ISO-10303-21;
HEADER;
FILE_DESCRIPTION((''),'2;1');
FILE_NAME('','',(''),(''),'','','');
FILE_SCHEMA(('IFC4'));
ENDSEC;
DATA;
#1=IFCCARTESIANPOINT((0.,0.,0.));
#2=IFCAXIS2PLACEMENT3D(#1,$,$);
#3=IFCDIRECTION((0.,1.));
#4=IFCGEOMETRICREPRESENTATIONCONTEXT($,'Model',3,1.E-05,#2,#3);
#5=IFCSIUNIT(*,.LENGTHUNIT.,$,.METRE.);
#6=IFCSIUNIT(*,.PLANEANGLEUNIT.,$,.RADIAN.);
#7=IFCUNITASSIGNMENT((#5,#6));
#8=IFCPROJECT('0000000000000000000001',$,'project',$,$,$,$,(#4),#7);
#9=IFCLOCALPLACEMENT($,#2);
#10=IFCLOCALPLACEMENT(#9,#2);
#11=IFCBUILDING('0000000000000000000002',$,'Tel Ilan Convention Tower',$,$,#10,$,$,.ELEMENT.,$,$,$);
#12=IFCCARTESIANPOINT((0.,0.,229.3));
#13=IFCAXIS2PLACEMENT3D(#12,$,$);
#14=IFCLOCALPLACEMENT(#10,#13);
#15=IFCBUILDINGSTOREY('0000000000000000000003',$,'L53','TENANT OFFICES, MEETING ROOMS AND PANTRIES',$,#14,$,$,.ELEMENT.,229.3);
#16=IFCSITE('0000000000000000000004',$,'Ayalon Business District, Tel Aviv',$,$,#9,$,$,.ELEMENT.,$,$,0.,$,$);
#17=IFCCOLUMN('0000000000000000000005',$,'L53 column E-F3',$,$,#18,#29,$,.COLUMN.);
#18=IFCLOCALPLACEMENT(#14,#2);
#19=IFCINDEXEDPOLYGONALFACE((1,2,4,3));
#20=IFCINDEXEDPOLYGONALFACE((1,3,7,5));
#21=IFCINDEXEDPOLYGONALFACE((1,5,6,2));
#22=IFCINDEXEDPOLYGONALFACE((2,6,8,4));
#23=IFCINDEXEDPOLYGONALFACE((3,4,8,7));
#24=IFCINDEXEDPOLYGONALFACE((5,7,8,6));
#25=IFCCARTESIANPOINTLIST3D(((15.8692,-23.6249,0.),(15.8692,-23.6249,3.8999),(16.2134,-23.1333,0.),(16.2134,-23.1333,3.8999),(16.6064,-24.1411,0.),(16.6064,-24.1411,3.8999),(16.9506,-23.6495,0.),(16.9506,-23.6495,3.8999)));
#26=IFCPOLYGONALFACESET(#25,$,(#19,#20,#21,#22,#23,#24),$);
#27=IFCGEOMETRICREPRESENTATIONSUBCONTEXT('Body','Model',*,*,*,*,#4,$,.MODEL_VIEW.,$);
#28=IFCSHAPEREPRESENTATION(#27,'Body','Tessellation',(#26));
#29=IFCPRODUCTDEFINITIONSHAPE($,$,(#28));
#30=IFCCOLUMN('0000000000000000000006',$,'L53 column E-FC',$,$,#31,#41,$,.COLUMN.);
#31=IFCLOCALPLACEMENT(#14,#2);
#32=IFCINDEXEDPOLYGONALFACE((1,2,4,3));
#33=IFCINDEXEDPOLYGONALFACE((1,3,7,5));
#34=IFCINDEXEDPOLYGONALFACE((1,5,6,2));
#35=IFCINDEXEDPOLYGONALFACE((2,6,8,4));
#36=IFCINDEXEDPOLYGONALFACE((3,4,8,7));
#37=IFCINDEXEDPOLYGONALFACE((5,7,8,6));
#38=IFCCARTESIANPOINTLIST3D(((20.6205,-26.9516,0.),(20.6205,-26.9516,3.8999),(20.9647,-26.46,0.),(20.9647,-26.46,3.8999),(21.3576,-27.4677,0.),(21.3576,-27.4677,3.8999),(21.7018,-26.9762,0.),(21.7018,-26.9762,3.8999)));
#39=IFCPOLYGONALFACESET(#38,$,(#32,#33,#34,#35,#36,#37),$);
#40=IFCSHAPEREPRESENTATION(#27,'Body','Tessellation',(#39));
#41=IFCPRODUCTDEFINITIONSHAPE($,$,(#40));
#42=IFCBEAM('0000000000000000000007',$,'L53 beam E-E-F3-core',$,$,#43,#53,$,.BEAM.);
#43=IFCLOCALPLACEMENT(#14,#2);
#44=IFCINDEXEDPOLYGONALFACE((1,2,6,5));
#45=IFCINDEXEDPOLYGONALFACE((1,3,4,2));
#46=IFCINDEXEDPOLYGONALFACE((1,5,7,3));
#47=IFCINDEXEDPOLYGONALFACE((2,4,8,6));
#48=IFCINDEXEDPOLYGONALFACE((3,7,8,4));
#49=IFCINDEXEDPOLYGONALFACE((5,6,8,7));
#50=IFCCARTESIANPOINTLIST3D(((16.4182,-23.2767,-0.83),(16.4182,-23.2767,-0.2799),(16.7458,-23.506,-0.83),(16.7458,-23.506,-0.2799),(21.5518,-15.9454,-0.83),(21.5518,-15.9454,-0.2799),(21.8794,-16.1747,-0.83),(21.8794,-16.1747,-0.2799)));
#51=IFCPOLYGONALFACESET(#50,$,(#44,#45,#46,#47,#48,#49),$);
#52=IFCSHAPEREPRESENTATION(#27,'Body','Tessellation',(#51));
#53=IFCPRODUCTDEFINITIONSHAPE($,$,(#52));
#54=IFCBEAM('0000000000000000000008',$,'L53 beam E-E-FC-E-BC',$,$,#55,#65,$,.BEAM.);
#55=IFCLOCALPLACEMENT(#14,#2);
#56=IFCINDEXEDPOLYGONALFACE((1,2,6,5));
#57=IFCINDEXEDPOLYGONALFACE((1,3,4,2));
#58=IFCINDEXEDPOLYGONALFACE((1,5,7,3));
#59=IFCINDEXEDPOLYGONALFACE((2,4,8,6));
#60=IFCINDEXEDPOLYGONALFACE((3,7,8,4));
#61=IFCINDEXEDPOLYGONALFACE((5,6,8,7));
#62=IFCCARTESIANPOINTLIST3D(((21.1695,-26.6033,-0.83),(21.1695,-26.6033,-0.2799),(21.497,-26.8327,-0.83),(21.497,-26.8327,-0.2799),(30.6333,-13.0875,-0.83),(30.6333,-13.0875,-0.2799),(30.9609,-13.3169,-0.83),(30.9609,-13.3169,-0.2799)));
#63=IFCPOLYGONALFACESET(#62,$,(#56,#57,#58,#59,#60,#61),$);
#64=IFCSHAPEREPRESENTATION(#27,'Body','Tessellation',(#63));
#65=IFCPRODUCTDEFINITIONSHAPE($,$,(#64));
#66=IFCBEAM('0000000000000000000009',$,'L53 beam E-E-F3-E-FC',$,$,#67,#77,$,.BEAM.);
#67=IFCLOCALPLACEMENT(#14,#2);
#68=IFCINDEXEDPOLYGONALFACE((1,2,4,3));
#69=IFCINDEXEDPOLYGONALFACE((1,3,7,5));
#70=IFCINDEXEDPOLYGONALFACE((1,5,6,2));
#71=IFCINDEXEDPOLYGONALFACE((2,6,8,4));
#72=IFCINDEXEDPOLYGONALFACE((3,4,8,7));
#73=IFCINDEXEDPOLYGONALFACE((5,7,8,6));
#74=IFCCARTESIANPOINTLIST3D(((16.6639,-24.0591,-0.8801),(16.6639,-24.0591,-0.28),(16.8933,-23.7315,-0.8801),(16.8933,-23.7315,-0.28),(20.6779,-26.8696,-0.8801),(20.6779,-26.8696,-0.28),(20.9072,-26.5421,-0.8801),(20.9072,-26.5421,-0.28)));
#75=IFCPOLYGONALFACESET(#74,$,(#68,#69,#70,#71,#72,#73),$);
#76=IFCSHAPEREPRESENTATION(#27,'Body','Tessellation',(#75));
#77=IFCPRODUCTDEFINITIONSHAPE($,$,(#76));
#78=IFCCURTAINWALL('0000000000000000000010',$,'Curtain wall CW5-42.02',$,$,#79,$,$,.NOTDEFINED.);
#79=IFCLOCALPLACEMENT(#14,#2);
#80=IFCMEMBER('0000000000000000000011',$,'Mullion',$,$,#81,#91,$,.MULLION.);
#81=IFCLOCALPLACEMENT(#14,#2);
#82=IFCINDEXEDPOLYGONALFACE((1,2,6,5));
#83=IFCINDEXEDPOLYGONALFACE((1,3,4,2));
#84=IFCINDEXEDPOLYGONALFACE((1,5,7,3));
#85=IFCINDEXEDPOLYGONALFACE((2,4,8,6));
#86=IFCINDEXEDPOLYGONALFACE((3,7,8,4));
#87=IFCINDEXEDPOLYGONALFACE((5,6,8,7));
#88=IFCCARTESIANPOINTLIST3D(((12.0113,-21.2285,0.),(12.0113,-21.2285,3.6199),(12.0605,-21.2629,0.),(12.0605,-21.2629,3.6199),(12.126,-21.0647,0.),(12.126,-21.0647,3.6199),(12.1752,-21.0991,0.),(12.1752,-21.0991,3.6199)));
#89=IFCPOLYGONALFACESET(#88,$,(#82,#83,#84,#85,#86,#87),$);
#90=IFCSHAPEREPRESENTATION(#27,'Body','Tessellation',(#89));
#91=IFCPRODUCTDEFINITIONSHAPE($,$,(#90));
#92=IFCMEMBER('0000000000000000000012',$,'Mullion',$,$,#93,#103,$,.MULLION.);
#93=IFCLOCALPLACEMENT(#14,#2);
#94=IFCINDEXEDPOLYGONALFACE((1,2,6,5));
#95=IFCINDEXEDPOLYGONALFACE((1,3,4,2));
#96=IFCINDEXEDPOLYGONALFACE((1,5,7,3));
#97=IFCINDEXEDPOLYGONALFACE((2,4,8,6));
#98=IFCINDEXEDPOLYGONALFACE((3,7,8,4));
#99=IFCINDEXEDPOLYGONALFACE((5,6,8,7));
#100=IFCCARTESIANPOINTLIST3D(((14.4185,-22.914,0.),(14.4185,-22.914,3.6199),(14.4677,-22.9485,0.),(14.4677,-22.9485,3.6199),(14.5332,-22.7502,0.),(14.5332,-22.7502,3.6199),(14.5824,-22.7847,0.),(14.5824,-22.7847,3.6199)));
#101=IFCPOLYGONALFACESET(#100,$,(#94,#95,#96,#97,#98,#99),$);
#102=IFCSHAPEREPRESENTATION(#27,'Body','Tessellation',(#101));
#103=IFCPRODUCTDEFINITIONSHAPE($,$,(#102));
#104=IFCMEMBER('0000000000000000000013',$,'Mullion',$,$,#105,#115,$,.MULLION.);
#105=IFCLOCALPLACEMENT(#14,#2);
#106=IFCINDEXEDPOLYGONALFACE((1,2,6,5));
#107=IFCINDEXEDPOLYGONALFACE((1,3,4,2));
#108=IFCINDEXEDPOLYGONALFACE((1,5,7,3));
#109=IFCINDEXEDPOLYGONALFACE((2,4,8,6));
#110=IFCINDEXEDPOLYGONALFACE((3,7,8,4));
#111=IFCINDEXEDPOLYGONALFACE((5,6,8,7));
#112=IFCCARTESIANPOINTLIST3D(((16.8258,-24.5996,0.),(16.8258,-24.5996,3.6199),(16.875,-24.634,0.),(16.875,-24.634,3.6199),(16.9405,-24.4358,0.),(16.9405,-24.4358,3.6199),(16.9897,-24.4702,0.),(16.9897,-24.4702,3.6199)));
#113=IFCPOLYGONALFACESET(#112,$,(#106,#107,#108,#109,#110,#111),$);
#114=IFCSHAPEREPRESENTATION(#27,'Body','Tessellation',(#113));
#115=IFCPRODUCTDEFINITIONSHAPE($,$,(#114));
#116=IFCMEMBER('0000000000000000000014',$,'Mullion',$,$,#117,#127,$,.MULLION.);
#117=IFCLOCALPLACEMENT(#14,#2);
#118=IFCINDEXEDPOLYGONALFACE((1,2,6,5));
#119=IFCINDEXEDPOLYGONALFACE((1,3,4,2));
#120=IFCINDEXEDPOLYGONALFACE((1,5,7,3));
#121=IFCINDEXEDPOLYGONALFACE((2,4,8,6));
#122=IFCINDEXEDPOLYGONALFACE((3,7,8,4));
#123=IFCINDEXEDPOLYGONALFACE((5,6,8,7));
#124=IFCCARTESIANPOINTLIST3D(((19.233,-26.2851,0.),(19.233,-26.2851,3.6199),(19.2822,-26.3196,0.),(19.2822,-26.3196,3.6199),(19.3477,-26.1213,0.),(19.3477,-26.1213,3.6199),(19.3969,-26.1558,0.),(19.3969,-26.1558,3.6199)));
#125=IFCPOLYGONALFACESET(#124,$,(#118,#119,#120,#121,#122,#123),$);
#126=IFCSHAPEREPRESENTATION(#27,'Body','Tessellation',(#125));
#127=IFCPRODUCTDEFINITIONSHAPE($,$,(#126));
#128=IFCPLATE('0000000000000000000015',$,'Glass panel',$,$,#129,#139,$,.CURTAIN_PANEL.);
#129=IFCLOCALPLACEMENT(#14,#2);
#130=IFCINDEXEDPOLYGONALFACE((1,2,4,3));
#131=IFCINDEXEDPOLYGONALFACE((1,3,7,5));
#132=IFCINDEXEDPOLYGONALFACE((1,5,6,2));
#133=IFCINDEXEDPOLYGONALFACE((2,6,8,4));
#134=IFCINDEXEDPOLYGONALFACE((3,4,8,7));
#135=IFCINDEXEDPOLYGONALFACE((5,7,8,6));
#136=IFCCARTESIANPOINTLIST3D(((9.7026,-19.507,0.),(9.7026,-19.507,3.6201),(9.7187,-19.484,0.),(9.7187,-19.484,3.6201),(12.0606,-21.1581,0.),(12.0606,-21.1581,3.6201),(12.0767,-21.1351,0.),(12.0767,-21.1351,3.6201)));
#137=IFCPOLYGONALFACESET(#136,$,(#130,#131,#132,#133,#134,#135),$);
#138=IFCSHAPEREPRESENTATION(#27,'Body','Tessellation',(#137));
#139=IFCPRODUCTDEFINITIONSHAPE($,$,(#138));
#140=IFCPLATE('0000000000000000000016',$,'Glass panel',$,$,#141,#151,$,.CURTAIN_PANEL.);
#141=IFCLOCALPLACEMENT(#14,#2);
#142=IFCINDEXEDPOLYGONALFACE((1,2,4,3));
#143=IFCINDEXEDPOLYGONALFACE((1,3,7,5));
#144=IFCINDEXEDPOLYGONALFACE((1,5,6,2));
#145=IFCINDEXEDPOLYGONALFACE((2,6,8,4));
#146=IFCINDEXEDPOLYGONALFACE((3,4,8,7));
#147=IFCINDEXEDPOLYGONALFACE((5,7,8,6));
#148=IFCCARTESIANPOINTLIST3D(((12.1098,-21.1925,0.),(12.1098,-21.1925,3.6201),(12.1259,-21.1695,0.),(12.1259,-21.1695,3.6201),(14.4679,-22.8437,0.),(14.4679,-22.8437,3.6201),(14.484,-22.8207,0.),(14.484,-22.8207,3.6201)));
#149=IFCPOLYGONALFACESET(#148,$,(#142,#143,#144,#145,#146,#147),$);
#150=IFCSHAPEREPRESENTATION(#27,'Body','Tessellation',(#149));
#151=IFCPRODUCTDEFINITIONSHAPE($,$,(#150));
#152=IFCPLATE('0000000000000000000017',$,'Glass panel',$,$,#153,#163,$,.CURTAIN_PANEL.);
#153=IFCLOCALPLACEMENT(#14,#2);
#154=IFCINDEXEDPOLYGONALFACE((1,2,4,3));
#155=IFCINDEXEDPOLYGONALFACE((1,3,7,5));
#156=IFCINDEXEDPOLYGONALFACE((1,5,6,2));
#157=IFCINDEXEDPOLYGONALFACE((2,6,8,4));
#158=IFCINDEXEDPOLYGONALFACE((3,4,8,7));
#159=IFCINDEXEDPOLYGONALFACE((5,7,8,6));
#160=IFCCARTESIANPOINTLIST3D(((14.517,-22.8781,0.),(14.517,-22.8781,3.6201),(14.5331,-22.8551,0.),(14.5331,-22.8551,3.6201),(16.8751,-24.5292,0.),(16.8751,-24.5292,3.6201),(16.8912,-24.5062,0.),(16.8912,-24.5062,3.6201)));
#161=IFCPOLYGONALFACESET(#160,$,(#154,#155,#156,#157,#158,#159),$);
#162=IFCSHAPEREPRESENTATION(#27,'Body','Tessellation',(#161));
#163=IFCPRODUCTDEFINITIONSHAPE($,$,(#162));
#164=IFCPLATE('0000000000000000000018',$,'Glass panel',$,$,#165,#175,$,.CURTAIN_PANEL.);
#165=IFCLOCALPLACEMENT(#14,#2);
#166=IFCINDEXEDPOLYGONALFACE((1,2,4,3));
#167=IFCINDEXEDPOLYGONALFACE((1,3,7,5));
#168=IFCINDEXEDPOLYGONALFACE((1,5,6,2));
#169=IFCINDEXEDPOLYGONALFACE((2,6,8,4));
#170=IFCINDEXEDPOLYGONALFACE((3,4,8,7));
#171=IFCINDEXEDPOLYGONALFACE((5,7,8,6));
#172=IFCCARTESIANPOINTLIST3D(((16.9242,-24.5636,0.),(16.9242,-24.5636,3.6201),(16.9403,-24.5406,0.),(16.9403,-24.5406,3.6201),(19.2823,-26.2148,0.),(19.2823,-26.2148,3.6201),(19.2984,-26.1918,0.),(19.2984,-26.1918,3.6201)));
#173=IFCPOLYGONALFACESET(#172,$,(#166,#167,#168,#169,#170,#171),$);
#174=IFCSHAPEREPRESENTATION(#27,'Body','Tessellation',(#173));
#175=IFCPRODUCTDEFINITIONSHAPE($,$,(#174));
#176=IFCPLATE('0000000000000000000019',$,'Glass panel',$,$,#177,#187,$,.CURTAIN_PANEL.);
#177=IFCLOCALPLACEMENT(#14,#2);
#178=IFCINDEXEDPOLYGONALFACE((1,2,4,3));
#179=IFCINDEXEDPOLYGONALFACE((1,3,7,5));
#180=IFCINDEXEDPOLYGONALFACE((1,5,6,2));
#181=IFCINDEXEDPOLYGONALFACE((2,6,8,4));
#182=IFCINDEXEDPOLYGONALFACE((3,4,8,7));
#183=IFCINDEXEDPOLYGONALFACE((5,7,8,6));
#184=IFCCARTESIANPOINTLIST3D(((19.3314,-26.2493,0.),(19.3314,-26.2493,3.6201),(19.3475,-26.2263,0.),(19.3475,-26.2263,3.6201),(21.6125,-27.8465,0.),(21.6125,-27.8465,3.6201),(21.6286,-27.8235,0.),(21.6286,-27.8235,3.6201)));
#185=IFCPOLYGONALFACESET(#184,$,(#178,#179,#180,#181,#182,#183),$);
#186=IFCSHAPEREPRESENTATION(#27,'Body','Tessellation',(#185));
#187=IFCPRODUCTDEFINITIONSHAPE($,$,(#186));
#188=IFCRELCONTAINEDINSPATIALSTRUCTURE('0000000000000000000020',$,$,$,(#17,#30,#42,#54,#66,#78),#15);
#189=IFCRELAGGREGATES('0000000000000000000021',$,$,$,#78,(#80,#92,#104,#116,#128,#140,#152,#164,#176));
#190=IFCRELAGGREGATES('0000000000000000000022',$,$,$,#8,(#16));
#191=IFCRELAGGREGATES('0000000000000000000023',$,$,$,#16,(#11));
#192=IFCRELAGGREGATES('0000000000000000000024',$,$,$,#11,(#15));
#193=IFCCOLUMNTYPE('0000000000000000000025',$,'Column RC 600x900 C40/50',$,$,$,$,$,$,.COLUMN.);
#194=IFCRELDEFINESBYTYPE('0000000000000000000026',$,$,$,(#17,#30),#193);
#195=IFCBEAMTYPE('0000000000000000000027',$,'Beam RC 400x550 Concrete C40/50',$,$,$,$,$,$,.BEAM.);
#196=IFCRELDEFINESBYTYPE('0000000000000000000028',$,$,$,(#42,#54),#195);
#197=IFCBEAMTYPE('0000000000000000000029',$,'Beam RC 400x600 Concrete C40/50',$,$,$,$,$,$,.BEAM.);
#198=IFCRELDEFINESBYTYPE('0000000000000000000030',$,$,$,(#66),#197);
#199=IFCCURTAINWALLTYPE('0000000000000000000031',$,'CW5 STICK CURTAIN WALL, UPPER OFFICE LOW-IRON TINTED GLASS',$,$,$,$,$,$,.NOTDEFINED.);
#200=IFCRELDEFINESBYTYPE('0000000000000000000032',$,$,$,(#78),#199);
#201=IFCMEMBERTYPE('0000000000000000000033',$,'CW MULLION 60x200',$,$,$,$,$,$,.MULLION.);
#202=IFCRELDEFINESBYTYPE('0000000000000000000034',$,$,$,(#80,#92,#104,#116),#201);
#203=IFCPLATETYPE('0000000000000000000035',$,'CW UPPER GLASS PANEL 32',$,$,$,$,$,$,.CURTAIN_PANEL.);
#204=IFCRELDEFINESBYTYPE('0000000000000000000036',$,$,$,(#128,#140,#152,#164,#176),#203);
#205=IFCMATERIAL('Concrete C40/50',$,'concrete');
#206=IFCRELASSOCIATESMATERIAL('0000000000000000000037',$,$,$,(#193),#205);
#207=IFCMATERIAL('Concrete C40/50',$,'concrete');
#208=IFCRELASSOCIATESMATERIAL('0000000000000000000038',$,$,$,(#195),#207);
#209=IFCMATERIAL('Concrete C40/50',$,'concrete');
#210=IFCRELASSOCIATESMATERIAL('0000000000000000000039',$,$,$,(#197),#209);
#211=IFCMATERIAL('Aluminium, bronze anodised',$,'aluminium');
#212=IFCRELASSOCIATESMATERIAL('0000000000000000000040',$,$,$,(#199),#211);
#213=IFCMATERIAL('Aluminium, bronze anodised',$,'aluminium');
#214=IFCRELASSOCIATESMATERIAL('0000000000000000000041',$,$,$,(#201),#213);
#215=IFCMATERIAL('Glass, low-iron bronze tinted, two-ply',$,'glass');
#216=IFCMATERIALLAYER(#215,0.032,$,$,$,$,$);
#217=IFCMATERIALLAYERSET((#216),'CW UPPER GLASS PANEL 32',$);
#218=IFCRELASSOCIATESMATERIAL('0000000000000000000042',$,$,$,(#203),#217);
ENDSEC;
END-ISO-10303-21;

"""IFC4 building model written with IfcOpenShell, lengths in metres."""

from ifc_helpers import new_model, si_unit, direction, frame, origin, origin_2d, place, context, subcontext, project, spatial, rectangle, extrude, material, layer, layer_set, material_profile, profile_set, type_object, element, aggregate, save


model = new_model("IFC4")

# Units and contexts
model_context = context("Model", 3, precision=1e-05, world=origin(), true_north=direction((0.0, 1.0)))
body_context = subcontext(model_context, "Body", "Model", "MODEL_VIEW")
ifc_project = project(units=[si_unit("LENGTHUNIT", "METRE"), si_unit("PLANEANGLEUNIT", "RADIAN")], contexts=[model_context])

# Site, building, storey
site_placement = place(None, origin())
site = spatial("IfcSite", under=ifc_project, at=site_placement, Name="Ayalon Business District, Tel Aviv", CompositionType="ELEMENT", RefElevation=0.0)
building_placement = place(site_placement, origin())
building = spatial("IfcBuilding", under=site, at=building_placement, Name="Tel Ilan Convention Tower", CompositionType="ELEMENT")
storey_placement = place(building_placement, frame((0.0, 0.0, 229.3)))
storey = spatial("IfcBuildingStorey", under=building, at=storey_placement, Name="L53", Description="TENANT OFFICES, MEETING ROOMS AND PANTRIES", CompositionType="ELEMENT", Elevation=229.3)

# Columns
ifc_material_1 = material(Name="Concrete C40/50", Category="concrete")
ifc_material_profile_1 = material_profile(ifc_material_1, rectangle(XDim=0.8999, YDim=0.6001, at=origin_2d()), Name="RC 600x900")
ifc_profile_set_1 = profile_set([ifc_material_profile_1], Name="Concrete C40/50")
column_type = type_object("IfcColumnType", Name="Column RC 600x900 C40/50", PredefinedType="COLUMN", material=ifc_profile_set_1)
for number, where, z_axis, x_axis, name in (
    (1, (16.4099, -23.6372, 0.0), (0.0, 0.0, 1.0), (0.819152, -0.573576, 0.0), "L53 column E-F3"),
    (2, (21.1611, -26.9639, 0.0), (0.0, 0.0, 1.0), (0.819152, -0.573576, 0.0), "L53 column E-FC"),
):
    element("IfcColumn", number, at=place(storey_placement, frame(where, z_axis=z_axis, x_axis=x_axis)), inside=storey, type_object=column_type, Name=name, PredefinedType="COLUMN", context=body_context, shape_type="SweptSolid", body=[
        extrude(rectangle(XDim=0.8999, YDim=0.6001, at=origin_2d()), origin(), (0.0, 0.0, 1.0), 3.8999),
    ])

# Beams
ifc_material_2 = material(Name="Concrete C40/50", Category="concrete")
ifc_material_profile_2 = material_profile(ifc_material_2, rectangle(XDim=0.3999, YDim=0.55, at=origin_2d()), Name="RC 400x550")
ifc_profile_set_2 = profile_set([ifc_material_profile_2], Name="Concrete C40/50")
beam_type_1 = type_object("IfcBeamType", Name="Beam RC 400x550 Concrete C40/50", PredefinedType="BEAM", material=ifc_profile_set_2)
beam_1_placement = place(storey_placement, frame((16.582, -23.3914, -0.5549), z_axis=(0.573585, 0.819146, 0.0), x_axis=(-0.819146, 0.573585, 0.0)))
element("IfcBeam", 3, at=beam_1_placement, inside=storey, type_object=beam_type_1, Name="L53 beam E-E-F3-core", PredefinedType="BEAM", context=body_context, shape_type="SweptSolid", body=[
    extrude(rectangle(XDim=0.3999, YDim=0.55, at=origin_2d()), origin(), (0.0, 0.0, 1.0), 8.95),
])
beam_2_placement = place(storey_placement, frame((21.3333, -26.718, -0.5549), z_axis=(0.573575, 0.819153, 0.0), x_axis=(-0.819153, 0.573575, 0.0)))
element("IfcBeam", 4, at=beam_2_placement, inside=storey, type_object=beam_type_1, Name="L53 beam E-E-FC-E-BC", PredefinedType="BEAM", context=body_context, shape_type="SweptSolid", body=[
    extrude(rectangle(XDim=0.3999, YDim=0.55, at=origin_2d()), origin(), (0.0, 0.0, 1.0), 16.4998),
])
ifc_material_3 = material(Name="Concrete C40/50", Category="concrete")
ifc_material_profile_3 = material_profile(ifc_material_3, rectangle(XDim=0.3999, YDim=0.6001, at=origin_2d()), Name="RC 400x600")
ifc_profile_set_3 = profile_set([ifc_material_profile_3], Name="Concrete C40/50")
beam_type_2 = type_object("IfcBeamType", Name="Beam RC 400x600 Concrete C40/50", PredefinedType="BEAM", material=ifc_profile_set_3)
beam_3_placement = place(storey_placement, frame((16.7786, -23.8953, -0.5801), z_axis=(0.819155, -0.573573, 0.0), x_axis=(0.573573, 0.819155, 0.0)))
element("IfcBeam", 5, at=beam_3_placement, inside=storey, type_object=beam_type_2, Name="L53 beam E-E-F3-E-FC", PredefinedType="BEAM", context=body_context, shape_type="SweptSolid", body=[
    extrude(rectangle(XDim=0.3999, YDim=0.6001, at=origin_2d()), origin(), (0.0, 0.0, 1.0), 4.9001),
])

# Curtain wall, members, plates
ifc_material_4 = material(Name="Aluminium, bronze anodised", Category="aluminium")
curtain_wall_type = type_object("IfcCurtainWallType", Name="CW5 STICK CURTAIN WALL, UPPER OFFICE LOW-IRON TINTED GLASS", PredefinedType="NOTDEFINED", material=ifc_material_4)
curtain_wall_placement = place(storey_placement, origin())
curtain_wall = element("IfcCurtainWall", 6, at=curtain_wall_placement, inside=storey, type_object=curtain_wall_type, Name="Curtain wall CW5-42.02", PredefinedType="NOTDEFINED")
ifc_material_5 = material(Name="Aluminium, bronze anodised", Category="aluminium")
ifc_material_profile_4 = material_profile(ifc_material_5, rectangle(XDim=0.0601, YDim=0.2, at=origin_2d()), Name="CW MULLION 60x200")
ifc_profile_set_4 = profile_set([ifc_material_profile_4], Name="Aluminium, bronze anodised")
member_type = type_object("IfcMemberType", Name="CW MULLION 60x200", PredefinedType="MULLION", material=ifc_profile_set_4)
member_1_placement = place(storey_placement, frame((12.0933, -21.1638, 0.0), z_axis=(0.0, 0.0, 1.0), x_axis=(0.819152, -0.573576, 0.0)))
member_1 = element("IfcMember", 7, at=member_1_placement, type_object=member_type, Name="Mullion", PredefinedType="MULLION", context=body_context, shape_type="SweptSolid", body=[
    extrude(rectangle(XDim=0.0601, YDim=0.2, at=origin_2d()), origin(), (0.0, 0.0, 1.0), 3.6199),
])
member_2_placement = place(storey_placement, frame((14.5005, -22.8494, 0.0), z_axis=(0.0, 0.0, 1.0), x_axis=(0.819152, -0.573576, 0.0)))
member_2 = element("IfcMember", 8, at=member_2_placement, type_object=member_type, Name="Mullion", PredefinedType="MULLION", context=body_context, shape_type="SweptSolid", body=[
    extrude(rectangle(XDim=0.0601, YDim=0.2, at=origin_2d()), origin(), (0.0, 0.0, 1.0), 3.6199),
])
member_3_placement = place(storey_placement, frame((16.9077, -24.5349, 0.0), z_axis=(0.0, 0.0, 1.0), x_axis=(0.819152, -0.573576, 0.0)))
member_3 = element("IfcMember", 9, at=member_3_placement, type_object=member_type, Name="Mullion", PredefinedType="MULLION", context=body_context, shape_type="SweptSolid", body=[
    extrude(rectangle(XDim=0.0601, YDim=0.2, at=origin_2d()), origin(), (0.0, 0.0, 1.0), 3.6199),
])
member_4_placement = place(storey_placement, frame((19.3149, -26.2205, 0.0), z_axis=(0.0, 0.0, 1.0), x_axis=(0.819152, -0.573576, 0.0)))
member_4 = element("IfcMember", 10, at=member_4_placement, type_object=member_type, Name="Mullion", PredefinedType="MULLION", context=body_context, shape_type="SweptSolid", body=[
    extrude(rectangle(XDim=0.0601, YDim=0.2, at=origin_2d()), origin(), (0.0, 0.0, 1.0), 3.6199),
])
ifc_material_6 = material(Name="Glass, low-iron bronze tinted, two-ply", Category="glass")
ifc_layer_1 = layer(ifc_material_6, 0.032)
ifc_layer_set_1 = layer_set([ifc_layer_1], Name="CW UPPER GLASS PANEL 32")
plate_type = type_object("IfcPlateType", Name="CW UPPER GLASS PANEL 32", PredefinedType="CURTAIN_PANEL", material=ifc_layer_set_1)
plate_1_placement = place(storey_placement, frame((10.8896, -20.321, 0.0), z_axis=(0.0, 0.0, 1.0), x_axis=(0.819152, -0.573576, 0.0)))
plate_1 = element("IfcPlate", 11, at=plate_1_placement, type_object=plate_type, Name="Glass panel", PredefinedType="CURTAIN_PANEL", context=body_context, shape_type="SweptSolid", body=[
    extrude(rectangle(XDim=2.8787, YDim=0.0281, at=origin_2d()), origin(), (0.0, 0.0, 1.0), 3.6201),
])
plate_2_placement = place(storey_placement, frame((13.2969, -22.0066, 0.0), z_axis=(0.0, 0.0, 1.0), x_axis=(0.819152, -0.573576, 0.0)))
plate_2 = element("IfcPlate", 12, at=plate_2_placement, type_object=plate_type, Name="Glass panel", PredefinedType="CURTAIN_PANEL", context=body_context, shape_type="SweptSolid", body=[
    extrude(rectangle(XDim=2.8787, YDim=0.0281, at=origin_2d()), origin(), (0.0, 0.0, 1.0), 3.6201),
])
plate_3_placement = place(storey_placement, frame((15.7041, -23.6921, 0.0), z_axis=(0.0, 0.0, 1.0), x_axis=(0.819152, -0.573576, 0.0)))
plate_3 = element("IfcPlate", 13, at=plate_3_placement, type_object=plate_type, Name="Glass panel", PredefinedType="CURTAIN_PANEL", context=body_context, shape_type="SweptSolid", body=[
    extrude(rectangle(XDim=2.8787, YDim=0.0281, at=origin_2d()), origin(), (0.0, 0.0, 1.0), 3.6201),
])
plate_4_placement = place(storey_placement, frame((18.1113, -25.3777, 0.0), z_axis=(0.0, 0.0, 1.0), x_axis=(0.819152, -0.573576, 0.0)))
plate_4 = element("IfcPlate", 14, at=plate_4_placement, type_object=plate_type, Name="Glass panel", PredefinedType="CURTAIN_PANEL", context=body_context, shape_type="SweptSolid", body=[
    extrude(rectangle(XDim=2.8787, YDim=0.0281, at=origin_2d()), origin(), (0.0, 0.0, 1.0), 3.6201),
])
plate_5_placement = place(storey_placement, frame((20.48, -27.0364, 0.0), z_axis=(0.0, 0.0, 1.0), x_axis=(0.819152, -0.573576, 0.0)))
plate_5 = element("IfcPlate", 15, at=plate_5_placement, type_object=plate_type, Name="Glass panel", PredefinedType="CURTAIN_PANEL", context=body_context, shape_type="SweptSolid", body=[
    extrude(rectangle(XDim=2.7847, YDim=0.0281, at=origin_2d()), origin(), (0.0, 0.0, 1.0), 3.6201),
])
aggregate(curtain_wall, [member_1, member_2, member_3, member_4, plate_1, plate_2, plate_3, plate_4, plate_5])

save(model, "model.ifc")
